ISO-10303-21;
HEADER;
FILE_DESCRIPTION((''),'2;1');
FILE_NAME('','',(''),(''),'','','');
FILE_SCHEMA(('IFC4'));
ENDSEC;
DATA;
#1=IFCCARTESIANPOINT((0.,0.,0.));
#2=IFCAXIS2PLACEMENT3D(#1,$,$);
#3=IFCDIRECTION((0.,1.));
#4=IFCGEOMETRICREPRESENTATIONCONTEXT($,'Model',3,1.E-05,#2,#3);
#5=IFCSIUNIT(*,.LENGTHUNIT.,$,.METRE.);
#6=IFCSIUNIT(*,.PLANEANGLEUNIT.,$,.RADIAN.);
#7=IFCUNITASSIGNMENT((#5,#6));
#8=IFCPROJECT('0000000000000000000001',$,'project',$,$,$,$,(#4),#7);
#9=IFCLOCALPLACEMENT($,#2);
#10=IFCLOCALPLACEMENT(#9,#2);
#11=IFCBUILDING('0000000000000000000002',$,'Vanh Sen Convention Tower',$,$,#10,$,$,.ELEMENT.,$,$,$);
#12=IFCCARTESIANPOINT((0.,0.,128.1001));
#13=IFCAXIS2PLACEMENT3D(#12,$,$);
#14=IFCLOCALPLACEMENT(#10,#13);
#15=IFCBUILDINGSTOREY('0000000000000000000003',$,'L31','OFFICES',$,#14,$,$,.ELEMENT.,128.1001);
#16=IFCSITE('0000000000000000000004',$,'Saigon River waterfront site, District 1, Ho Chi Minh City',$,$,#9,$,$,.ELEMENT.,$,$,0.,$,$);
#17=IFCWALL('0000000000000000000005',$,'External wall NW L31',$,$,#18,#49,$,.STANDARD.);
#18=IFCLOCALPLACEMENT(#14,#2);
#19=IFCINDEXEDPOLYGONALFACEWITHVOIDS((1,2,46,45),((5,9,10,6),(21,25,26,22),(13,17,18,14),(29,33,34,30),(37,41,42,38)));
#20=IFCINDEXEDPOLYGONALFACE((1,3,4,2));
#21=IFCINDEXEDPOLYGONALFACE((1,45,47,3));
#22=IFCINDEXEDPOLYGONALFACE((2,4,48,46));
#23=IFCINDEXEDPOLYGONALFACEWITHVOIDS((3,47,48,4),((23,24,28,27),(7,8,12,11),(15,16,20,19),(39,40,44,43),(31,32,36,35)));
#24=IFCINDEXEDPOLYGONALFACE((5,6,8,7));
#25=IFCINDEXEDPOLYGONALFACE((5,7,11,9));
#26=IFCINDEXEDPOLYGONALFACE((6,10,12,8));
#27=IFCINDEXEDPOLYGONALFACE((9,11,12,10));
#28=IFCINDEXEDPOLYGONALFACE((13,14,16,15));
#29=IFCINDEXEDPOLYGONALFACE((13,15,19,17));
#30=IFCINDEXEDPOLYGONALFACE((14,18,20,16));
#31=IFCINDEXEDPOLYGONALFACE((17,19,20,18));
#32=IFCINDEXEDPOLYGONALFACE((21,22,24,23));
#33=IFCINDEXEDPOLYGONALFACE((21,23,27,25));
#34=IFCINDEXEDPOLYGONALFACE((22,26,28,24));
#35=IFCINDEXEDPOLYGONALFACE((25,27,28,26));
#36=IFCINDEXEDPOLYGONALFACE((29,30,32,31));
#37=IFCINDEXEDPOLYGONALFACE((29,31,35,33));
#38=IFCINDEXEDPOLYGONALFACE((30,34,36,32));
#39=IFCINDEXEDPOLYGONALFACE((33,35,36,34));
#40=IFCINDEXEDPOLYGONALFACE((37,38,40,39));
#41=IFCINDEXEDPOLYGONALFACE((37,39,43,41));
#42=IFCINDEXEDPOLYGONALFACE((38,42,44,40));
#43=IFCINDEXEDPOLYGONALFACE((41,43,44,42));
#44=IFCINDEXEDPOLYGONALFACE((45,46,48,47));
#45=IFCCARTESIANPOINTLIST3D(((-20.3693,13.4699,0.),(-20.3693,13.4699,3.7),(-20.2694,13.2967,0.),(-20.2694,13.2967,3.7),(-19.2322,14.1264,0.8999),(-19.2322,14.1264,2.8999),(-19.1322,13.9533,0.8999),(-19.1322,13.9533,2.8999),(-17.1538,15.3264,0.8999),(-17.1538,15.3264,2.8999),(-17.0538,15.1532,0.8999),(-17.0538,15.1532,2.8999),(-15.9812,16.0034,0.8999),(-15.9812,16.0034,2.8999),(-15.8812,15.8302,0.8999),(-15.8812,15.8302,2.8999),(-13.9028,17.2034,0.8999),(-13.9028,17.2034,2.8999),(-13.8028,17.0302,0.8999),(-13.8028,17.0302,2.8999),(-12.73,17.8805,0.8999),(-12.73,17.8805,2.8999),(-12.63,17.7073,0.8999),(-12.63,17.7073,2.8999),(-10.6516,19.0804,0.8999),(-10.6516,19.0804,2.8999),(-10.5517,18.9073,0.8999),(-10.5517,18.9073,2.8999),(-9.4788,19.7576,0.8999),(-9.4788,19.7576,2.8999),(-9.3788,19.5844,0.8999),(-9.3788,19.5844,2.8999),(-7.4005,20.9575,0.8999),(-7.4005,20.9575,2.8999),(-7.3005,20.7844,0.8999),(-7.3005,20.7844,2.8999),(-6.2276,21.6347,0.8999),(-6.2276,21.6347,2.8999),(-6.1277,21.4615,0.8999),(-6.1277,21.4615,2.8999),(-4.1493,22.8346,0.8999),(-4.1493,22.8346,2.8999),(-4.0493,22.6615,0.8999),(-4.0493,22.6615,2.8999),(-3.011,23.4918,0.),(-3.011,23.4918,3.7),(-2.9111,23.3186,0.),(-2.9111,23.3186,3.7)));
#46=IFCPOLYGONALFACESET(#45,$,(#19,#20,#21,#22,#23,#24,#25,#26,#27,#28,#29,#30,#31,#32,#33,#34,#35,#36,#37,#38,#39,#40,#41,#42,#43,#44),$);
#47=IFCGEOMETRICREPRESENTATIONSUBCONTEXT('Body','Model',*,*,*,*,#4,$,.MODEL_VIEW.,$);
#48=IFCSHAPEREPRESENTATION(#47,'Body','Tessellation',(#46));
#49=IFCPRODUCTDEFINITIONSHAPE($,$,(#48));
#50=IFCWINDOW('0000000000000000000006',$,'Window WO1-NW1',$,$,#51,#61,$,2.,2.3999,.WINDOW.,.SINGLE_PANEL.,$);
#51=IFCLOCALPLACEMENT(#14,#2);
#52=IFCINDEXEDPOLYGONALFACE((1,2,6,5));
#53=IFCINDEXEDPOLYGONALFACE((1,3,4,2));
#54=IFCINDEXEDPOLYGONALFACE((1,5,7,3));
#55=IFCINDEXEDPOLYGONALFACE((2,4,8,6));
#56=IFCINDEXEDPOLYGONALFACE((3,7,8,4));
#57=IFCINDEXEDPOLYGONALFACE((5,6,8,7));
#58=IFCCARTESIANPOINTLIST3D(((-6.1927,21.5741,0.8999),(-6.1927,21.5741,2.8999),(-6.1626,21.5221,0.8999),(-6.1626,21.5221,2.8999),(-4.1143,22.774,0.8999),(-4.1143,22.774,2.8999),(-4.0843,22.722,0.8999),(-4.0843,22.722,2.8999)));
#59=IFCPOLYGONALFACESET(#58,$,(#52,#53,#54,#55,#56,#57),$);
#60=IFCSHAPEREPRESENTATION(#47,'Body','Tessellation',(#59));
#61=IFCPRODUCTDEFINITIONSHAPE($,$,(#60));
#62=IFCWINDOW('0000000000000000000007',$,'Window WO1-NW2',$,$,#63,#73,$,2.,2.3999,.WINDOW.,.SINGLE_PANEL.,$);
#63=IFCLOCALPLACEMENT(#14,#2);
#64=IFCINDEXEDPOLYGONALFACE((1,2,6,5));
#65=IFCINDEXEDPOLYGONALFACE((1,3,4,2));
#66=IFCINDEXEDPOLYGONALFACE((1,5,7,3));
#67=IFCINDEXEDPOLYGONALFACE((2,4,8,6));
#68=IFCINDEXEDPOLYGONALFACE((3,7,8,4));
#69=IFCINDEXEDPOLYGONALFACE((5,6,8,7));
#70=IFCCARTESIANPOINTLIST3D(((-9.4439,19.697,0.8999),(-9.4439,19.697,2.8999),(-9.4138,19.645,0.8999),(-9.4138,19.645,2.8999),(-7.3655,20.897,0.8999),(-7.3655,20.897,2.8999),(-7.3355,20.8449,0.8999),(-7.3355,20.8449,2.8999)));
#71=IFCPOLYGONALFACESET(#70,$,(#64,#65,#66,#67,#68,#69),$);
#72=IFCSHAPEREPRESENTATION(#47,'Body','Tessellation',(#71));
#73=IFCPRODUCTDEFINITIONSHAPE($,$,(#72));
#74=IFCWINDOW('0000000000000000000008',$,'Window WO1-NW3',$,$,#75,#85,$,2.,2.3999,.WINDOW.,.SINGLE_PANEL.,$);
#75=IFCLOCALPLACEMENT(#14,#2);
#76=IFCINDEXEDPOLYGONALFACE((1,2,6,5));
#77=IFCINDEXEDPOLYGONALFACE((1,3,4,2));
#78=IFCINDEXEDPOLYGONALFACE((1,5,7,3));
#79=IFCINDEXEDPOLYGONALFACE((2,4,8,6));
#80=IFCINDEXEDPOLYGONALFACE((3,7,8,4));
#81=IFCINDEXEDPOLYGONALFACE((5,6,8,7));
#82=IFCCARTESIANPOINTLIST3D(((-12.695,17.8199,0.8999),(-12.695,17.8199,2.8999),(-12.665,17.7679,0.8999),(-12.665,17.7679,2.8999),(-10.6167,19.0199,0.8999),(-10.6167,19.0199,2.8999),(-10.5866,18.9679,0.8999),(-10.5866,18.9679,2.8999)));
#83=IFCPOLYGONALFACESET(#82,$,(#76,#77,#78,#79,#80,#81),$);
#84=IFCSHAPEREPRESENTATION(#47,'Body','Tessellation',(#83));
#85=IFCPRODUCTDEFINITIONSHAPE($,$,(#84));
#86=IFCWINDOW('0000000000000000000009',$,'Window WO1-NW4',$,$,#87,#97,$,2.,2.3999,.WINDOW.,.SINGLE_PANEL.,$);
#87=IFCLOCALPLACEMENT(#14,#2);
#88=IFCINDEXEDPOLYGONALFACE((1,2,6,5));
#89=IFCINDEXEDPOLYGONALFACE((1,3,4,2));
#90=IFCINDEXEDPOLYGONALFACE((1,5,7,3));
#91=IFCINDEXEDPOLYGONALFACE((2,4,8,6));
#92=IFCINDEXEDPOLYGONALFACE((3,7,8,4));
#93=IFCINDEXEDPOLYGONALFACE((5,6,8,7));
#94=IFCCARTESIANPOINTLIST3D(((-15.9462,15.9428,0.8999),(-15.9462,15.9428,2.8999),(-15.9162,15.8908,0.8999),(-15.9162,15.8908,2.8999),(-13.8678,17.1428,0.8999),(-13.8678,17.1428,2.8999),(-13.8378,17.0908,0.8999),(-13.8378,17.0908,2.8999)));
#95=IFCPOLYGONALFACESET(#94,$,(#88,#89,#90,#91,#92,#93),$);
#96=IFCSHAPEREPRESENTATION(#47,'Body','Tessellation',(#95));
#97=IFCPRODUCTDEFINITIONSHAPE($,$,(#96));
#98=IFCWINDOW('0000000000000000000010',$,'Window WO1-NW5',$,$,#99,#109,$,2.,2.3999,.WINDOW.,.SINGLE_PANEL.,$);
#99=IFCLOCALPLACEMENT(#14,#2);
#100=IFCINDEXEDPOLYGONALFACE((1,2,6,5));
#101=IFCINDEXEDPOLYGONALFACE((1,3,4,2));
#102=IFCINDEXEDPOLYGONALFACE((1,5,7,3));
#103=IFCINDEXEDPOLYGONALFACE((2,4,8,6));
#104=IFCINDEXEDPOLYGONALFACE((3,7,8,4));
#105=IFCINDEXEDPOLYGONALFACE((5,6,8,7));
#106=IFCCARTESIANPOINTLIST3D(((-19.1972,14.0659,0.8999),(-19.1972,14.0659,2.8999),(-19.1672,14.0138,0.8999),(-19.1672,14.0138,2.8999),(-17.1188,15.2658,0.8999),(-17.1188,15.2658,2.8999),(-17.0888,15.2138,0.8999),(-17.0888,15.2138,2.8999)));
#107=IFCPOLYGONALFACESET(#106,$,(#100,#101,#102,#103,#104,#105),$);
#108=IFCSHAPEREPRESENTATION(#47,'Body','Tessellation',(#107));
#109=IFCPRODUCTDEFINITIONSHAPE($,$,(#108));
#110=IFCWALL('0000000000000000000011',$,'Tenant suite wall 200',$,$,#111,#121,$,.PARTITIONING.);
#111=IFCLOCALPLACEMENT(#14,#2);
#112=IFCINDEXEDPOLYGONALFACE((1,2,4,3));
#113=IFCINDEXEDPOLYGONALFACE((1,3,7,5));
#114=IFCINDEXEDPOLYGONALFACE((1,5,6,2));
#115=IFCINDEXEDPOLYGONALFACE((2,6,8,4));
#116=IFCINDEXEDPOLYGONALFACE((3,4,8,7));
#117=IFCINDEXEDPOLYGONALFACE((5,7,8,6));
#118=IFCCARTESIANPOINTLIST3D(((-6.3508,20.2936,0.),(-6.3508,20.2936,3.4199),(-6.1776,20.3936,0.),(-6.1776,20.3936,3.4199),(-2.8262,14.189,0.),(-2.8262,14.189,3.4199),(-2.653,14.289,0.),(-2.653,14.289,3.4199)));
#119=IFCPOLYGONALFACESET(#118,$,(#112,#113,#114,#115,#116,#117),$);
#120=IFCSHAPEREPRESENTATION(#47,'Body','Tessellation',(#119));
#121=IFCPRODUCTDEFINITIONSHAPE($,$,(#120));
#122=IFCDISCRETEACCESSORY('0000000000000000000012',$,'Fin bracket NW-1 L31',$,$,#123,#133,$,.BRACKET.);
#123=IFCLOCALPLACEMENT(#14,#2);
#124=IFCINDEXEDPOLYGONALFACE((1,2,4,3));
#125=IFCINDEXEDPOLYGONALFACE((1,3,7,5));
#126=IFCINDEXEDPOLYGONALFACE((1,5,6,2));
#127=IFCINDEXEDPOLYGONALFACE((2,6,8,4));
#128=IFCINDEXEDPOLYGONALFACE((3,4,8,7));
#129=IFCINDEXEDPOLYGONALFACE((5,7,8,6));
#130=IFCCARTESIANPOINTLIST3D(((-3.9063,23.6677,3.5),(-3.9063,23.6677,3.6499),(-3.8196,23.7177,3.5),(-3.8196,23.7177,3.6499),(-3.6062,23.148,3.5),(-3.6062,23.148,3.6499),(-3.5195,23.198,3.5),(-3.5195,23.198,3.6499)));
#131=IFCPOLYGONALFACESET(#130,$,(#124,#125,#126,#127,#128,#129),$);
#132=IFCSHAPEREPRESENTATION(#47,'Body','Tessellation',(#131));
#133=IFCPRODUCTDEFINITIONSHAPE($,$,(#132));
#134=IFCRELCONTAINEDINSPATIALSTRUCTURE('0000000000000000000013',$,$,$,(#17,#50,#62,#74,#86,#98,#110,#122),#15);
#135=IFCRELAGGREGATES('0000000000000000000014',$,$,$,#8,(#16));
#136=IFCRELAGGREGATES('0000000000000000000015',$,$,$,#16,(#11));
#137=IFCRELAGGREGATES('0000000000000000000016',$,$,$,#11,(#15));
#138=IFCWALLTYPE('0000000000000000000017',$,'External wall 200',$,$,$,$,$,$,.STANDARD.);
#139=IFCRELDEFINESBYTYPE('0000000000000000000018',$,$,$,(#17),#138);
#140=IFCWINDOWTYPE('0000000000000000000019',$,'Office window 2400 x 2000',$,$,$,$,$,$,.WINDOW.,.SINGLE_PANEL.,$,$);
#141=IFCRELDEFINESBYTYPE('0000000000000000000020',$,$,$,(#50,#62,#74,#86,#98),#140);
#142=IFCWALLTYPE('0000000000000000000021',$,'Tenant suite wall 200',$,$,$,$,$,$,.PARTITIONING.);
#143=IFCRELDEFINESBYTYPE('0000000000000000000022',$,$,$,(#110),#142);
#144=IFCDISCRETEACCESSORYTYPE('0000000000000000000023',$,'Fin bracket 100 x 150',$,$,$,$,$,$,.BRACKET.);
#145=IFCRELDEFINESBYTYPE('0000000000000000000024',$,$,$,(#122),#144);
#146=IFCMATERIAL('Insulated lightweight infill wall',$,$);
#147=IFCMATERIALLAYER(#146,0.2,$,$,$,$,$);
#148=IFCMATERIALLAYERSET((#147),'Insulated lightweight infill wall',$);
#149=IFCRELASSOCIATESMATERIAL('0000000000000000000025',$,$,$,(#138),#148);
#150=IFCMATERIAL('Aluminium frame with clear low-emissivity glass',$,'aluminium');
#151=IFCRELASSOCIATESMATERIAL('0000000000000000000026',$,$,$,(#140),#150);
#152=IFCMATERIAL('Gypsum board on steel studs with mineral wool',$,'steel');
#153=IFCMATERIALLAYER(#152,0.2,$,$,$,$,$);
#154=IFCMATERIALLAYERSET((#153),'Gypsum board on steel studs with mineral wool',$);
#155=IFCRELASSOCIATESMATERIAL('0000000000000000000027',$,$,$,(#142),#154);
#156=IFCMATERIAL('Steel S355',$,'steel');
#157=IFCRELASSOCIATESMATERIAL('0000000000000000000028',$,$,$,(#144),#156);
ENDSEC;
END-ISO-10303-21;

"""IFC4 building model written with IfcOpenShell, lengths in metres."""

from ifc_helpers import new_model, si_unit, direction, frame, frame_2d, origin, origin_2d, place, context, subcontext, project, spatial, rectangle, extrude, material, layer, layer_set, type_object, element, fill, save


model = new_model("IFC4")

# Units and contexts
model_context = context("Model", 3, precision=1e-05, world=origin(), true_north=direction((0.0, 1.0)))
body_context = subcontext(model_context, "Body", "Model", "MODEL_VIEW")
ifc_project = project(units=[si_unit("LENGTHUNIT", "METRE"), si_unit("PLANEANGLEUNIT", "RADIAN")], contexts=[model_context])

# Site, building, storey
site_placement = place(None, origin())
site = spatial("IfcSite", under=ifc_project, at=site_placement, Name="Saigon River waterfront site, District 1, Ho Chi Minh City", CompositionType="ELEMENT", RefElevation=0.0)
building_placement = place(site_placement, origin())
building = spatial("IfcBuilding", under=site, at=building_placement, Name="Vanh Sen Convention Tower", CompositionType="ELEMENT")
storey_placement = place(building_placement, frame((0.0, 0.0, 128.1001)))
storey = spatial("IfcBuildingStorey", under=building, at=storey_placement, Name="L31", Description="OFFICES", CompositionType="ELEMENT", Elevation=128.1001)

# Shared definitions
ifc_material_1 = material(Name="Gypsum board on steel studs with mineral wool", Category="steel")

# Wall, openings, windows
ifc_material_2 = material(Name="Insulated lightweight infill wall")
ifc_layer_1 = layer(ifc_material_2, 0.2)
ifc_layer_set_1 = layer_set([ifc_layer_1], Name="Insulated lightweight infill wall")
wall_type_1 = type_object("IfcWallType", Name="External wall 200", PredefinedType="STANDARD", material=ifc_layer_set_1)
wall_1_placement = place(storey_placement, frame((-2.9609, 23.4053, 0.0), z_axis=(0.0, 0.0, 1.0), x_axis=(-0.866023, -0.500004, 0.0)))
wall_1 = element("IfcWall", 1, at=wall_1_placement, inside=storey, type_object=wall_type_1, Name="External wall NW L31", PredefinedType="STANDARD", context=body_context, shape_type="SweptSolid", body=[
    extrude(rectangle(XDim=20.0437, YDim=0.2, at=frame_2d((10.022, 0.0))), origin(), (0.0, 0.0, 1.0), 3.7),
])
opening_1_placement = place(wall_1_placement, frame((1.3145, 0.0, 0.8999)))
opening_1 = element("IfcOpeningElement", 2, at=opening_1_placement, cuts=wall_1, PredefinedType="OPENING", context=body_context, shape_type="SweptSolid", body=[
    extrude(rectangle(XDim=2.3999, YDim=2.0, at=frame_2d((1.2, 1.0))), frame((0.0, 0.1099, 0.0), z_axis=(0.0, -1.0, 0.0), x_axis=(1.0, 0.0, 0.0)), (0.0, 0.0, 1.0), 0.22),
])
opening_2_placement = place(wall_1_placement, frame((5.0686, 0.0, 0.8999)))
opening_2 = element("IfcOpeningElement", 3, at=opening_2_placement, cuts=wall_1, PredefinedType="OPENING", context=body_context, shape_type="SweptSolid", body=[
    extrude(rectangle(XDim=2.3999, YDim=2.0, at=frame_2d((1.2, 1.0))), frame((0.0, 0.1099, 0.0), z_axis=(0.0, -1.0, 0.0), x_axis=(1.0, 0.0, 0.0)), (0.0, 0.0, 1.0), 0.22),
])
opening_3_placement = place(wall_1_placement, frame((8.8228, 0.0, 0.8999)))
opening_3 = element("IfcOpeningElement", 4, at=opening_3_placement, cuts=wall_1, PredefinedType="OPENING", context=body_context, shape_type="SweptSolid", body=[
    extrude(rectangle(XDim=2.3999, YDim=2.0, at=frame_2d((1.2, 1.0))), frame((0.0, 0.1099, 0.0), z_axis=(0.0, -1.0, 0.0), x_axis=(1.0, 0.0, 0.0)), (0.0, 0.0, 1.0), 0.22),
])
opening_4_placement = place(wall_1_placement, frame((12.5769, 0.0, 0.8999)))
opening_4 = element("IfcOpeningElement", 5, at=opening_4_placement, cuts=wall_1, PredefinedType="OPENING", context=body_context, shape_type="SweptSolid", body=[
    extrude(rectangle(XDim=2.3999, YDim=2.0, at=frame_2d((1.2, 1.0))), frame((0.0, 0.1099, 0.0), z_axis=(0.0, -1.0, 0.0), x_axis=(1.0, 0.0, 0.0)), (0.0, 0.0, 1.0), 0.22),
])
opening_5_placement = place(wall_1_placement, frame((16.3308, 0.0, 0.8999)))
opening_5 = element("IfcOpeningElement", 6, at=opening_5_placement, cuts=wall_1, PredefinedType="OPENING", context=body_context, shape_type="SweptSolid", body=[
    extrude(rectangle(XDim=2.3999, YDim=2.0, at=frame_2d((1.2, 1.0))), frame((0.0, 0.1099, 0.0), z_axis=(0.0, -1.0, 0.0), x_axis=(1.0, 0.0, 0.0)), (0.0, 0.0, 1.0), 0.22),
])
ifc_material_3 = material(Name="Aluminium frame with clear low-emissivity glass", Category="aluminium")
window_type = type_object("IfcWindowType", Name="Office window 2400 x 2000", PartitioningType="SINGLE_PANEL", PredefinedType="WINDOW", material=ifc_material_3)
window_1_placement = place(opening_1_placement, origin())
window_1 = element("IfcWindow", 7, at=window_1_placement, inside=storey, type_object=window_type, Name="Window WO1-NW1", OverallHeight=2.0, OverallWidth=2.3999, PartitioningType="SINGLE_PANEL", PredefinedType="WINDOW", context=body_context, shape_type="SweptSolid", body=[
    extrude(rectangle(XDim=2.3999, YDim=2.0, at=frame_2d((1.2, 1.0))), frame((0.0, 0.03, 0.0), z_axis=(0.0, -1.0, 0.0), x_axis=(1.0, 0.0, 0.0)), (0.0, 0.0, 1.0), 0.0601),
])
fill(opening_1, window_1)
window_2_placement = place(opening_2_placement, origin())
window_2 = element("IfcWindow", 8, at=window_2_placement, inside=storey, type_object=window_type, Name="Window WO1-NW2", OverallHeight=2.0, OverallWidth=2.3999, PartitioningType="SINGLE_PANEL", PredefinedType="WINDOW", context=body_context, shape_type="SweptSolid", body=[
    extrude(rectangle(XDim=2.3999, YDim=2.0, at=frame_2d((1.2, 1.0))), frame((0.0, 0.03, 0.0), z_axis=(0.0, -1.0, 0.0), x_axis=(1.0, 0.0, 0.0)), (0.0, 0.0, 1.0), 0.0601),
])
fill(opening_2, window_2)
window_3_placement = place(opening_3_placement, origin())
window_3 = element("IfcWindow", 9, at=window_3_placement, inside=storey, type_object=window_type, Name="Window WO1-NW3", OverallHeight=2.0, OverallWidth=2.3999, PartitioningType="SINGLE_PANEL", PredefinedType="WINDOW", context=body_context, shape_type="SweptSolid", body=[
    extrude(rectangle(XDim=2.3999, YDim=2.0, at=frame_2d((1.2, 1.0))), frame((0.0, 0.03, 0.0), z_axis=(0.0, -1.0, 0.0), x_axis=(1.0, 0.0, 0.0)), (0.0, 0.0, 1.0), 0.0601),
])
fill(opening_3, window_3)
window_4_placement = place(opening_4_placement, origin())
window_4 = element("IfcWindow", 10, at=window_4_placement, inside=storey, type_object=window_type, Name="Window WO1-NW4", OverallHeight=2.0, OverallWidth=2.3999, PartitioningType="SINGLE_PANEL", PredefinedType="WINDOW", context=body_context, shape_type="SweptSolid", body=[
    extrude(rectangle(XDim=2.3999, YDim=2.0, at=frame_2d((1.2, 1.0))), frame((0.0, 0.03, 0.0), z_axis=(0.0, -1.0, 0.0), x_axis=(1.0, 0.0, 0.0)), (0.0, 0.0, 1.0), 0.0601),
])
fill(opening_4, window_4)
window_5_placement = place(opening_5_placement, origin())
window_5 = element("IfcWindow", 11, at=window_5_placement, inside=storey, type_object=window_type, Name="Window WO1-NW5", OverallHeight=2.0, OverallWidth=2.3999, PartitioningType="SINGLE_PANEL", PredefinedType="WINDOW", context=body_context, shape_type="SweptSolid", body=[
    extrude(rectangle(XDim=2.3999, YDim=2.0, at=frame_2d((1.2, 1.0))), frame((0.0, 0.03, 0.0), z_axis=(0.0, -1.0, 0.0), x_axis=(1.0, 0.0, 0.0)), (0.0, 0.0, 1.0), 0.0601),
])
fill(opening_5, window_5)

# Wall
ifc_layer_2 = layer(ifc_material_1, 0.2)
ifc_layer_set_2 = layer_set([ifc_layer_2], Name="Gypsum board on steel studs with mineral wool")
wall_type_2 = type_object("IfcWallType", Name="Tenant suite wall 200", PredefinedType="PARTITIONING", material=ifc_layer_set_2)
wall_2_placement = place(storey_placement, frame((-6.2642, 20.3435, 0.0), z_axis=(0.0, 0.0, 1.0), x_axis=(0.500009, -0.86602, 0.0)))
element("IfcWall", 12, at=wall_2_placement, inside=storey, type_object=wall_type_2, Name="Tenant suite wall 200", PredefinedType="PARTITIONING", context=body_context, shape_type="SweptSolid", body=[
    extrude(rectangle(XDim=7.0491, YDim=0.2, at=frame_2d((3.5244, 0.0))), origin(), (0.0, 0.0, 1.0), 3.4199),
])

# Discrete accessory
ifc_material_4 = material(Name="Steel S355", Category="steel")
discrete_accessory_type = type_object("IfcDiscreteAccessoryType", Name="Fin bracket 100 x 150", PredefinedType="BRACKET", material=ifc_material_4)
discrete_accessory_placement = place(storey_placement, frame((-3.7129, 23.4329, 3.5), z_axis=(0.0, 0.0, 1.0), x_axis=(-0.5, 0.866025, 0.0)))
element("IfcDiscreteAccessory", 13, at=discrete_accessory_placement, inside=storey, type_object=discrete_accessory_type, Name="Fin bracket NW-1 L31", PredefinedType="BRACKET", context=body_context, shape_type="SweptSolid", body=[
    extrude(rectangle(XDim=0.6001, YDim=0.1001, at=origin_2d()), origin(), (0.0, 0.0, 1.0), 0.1499),
])

save(model, "model.ifc")
